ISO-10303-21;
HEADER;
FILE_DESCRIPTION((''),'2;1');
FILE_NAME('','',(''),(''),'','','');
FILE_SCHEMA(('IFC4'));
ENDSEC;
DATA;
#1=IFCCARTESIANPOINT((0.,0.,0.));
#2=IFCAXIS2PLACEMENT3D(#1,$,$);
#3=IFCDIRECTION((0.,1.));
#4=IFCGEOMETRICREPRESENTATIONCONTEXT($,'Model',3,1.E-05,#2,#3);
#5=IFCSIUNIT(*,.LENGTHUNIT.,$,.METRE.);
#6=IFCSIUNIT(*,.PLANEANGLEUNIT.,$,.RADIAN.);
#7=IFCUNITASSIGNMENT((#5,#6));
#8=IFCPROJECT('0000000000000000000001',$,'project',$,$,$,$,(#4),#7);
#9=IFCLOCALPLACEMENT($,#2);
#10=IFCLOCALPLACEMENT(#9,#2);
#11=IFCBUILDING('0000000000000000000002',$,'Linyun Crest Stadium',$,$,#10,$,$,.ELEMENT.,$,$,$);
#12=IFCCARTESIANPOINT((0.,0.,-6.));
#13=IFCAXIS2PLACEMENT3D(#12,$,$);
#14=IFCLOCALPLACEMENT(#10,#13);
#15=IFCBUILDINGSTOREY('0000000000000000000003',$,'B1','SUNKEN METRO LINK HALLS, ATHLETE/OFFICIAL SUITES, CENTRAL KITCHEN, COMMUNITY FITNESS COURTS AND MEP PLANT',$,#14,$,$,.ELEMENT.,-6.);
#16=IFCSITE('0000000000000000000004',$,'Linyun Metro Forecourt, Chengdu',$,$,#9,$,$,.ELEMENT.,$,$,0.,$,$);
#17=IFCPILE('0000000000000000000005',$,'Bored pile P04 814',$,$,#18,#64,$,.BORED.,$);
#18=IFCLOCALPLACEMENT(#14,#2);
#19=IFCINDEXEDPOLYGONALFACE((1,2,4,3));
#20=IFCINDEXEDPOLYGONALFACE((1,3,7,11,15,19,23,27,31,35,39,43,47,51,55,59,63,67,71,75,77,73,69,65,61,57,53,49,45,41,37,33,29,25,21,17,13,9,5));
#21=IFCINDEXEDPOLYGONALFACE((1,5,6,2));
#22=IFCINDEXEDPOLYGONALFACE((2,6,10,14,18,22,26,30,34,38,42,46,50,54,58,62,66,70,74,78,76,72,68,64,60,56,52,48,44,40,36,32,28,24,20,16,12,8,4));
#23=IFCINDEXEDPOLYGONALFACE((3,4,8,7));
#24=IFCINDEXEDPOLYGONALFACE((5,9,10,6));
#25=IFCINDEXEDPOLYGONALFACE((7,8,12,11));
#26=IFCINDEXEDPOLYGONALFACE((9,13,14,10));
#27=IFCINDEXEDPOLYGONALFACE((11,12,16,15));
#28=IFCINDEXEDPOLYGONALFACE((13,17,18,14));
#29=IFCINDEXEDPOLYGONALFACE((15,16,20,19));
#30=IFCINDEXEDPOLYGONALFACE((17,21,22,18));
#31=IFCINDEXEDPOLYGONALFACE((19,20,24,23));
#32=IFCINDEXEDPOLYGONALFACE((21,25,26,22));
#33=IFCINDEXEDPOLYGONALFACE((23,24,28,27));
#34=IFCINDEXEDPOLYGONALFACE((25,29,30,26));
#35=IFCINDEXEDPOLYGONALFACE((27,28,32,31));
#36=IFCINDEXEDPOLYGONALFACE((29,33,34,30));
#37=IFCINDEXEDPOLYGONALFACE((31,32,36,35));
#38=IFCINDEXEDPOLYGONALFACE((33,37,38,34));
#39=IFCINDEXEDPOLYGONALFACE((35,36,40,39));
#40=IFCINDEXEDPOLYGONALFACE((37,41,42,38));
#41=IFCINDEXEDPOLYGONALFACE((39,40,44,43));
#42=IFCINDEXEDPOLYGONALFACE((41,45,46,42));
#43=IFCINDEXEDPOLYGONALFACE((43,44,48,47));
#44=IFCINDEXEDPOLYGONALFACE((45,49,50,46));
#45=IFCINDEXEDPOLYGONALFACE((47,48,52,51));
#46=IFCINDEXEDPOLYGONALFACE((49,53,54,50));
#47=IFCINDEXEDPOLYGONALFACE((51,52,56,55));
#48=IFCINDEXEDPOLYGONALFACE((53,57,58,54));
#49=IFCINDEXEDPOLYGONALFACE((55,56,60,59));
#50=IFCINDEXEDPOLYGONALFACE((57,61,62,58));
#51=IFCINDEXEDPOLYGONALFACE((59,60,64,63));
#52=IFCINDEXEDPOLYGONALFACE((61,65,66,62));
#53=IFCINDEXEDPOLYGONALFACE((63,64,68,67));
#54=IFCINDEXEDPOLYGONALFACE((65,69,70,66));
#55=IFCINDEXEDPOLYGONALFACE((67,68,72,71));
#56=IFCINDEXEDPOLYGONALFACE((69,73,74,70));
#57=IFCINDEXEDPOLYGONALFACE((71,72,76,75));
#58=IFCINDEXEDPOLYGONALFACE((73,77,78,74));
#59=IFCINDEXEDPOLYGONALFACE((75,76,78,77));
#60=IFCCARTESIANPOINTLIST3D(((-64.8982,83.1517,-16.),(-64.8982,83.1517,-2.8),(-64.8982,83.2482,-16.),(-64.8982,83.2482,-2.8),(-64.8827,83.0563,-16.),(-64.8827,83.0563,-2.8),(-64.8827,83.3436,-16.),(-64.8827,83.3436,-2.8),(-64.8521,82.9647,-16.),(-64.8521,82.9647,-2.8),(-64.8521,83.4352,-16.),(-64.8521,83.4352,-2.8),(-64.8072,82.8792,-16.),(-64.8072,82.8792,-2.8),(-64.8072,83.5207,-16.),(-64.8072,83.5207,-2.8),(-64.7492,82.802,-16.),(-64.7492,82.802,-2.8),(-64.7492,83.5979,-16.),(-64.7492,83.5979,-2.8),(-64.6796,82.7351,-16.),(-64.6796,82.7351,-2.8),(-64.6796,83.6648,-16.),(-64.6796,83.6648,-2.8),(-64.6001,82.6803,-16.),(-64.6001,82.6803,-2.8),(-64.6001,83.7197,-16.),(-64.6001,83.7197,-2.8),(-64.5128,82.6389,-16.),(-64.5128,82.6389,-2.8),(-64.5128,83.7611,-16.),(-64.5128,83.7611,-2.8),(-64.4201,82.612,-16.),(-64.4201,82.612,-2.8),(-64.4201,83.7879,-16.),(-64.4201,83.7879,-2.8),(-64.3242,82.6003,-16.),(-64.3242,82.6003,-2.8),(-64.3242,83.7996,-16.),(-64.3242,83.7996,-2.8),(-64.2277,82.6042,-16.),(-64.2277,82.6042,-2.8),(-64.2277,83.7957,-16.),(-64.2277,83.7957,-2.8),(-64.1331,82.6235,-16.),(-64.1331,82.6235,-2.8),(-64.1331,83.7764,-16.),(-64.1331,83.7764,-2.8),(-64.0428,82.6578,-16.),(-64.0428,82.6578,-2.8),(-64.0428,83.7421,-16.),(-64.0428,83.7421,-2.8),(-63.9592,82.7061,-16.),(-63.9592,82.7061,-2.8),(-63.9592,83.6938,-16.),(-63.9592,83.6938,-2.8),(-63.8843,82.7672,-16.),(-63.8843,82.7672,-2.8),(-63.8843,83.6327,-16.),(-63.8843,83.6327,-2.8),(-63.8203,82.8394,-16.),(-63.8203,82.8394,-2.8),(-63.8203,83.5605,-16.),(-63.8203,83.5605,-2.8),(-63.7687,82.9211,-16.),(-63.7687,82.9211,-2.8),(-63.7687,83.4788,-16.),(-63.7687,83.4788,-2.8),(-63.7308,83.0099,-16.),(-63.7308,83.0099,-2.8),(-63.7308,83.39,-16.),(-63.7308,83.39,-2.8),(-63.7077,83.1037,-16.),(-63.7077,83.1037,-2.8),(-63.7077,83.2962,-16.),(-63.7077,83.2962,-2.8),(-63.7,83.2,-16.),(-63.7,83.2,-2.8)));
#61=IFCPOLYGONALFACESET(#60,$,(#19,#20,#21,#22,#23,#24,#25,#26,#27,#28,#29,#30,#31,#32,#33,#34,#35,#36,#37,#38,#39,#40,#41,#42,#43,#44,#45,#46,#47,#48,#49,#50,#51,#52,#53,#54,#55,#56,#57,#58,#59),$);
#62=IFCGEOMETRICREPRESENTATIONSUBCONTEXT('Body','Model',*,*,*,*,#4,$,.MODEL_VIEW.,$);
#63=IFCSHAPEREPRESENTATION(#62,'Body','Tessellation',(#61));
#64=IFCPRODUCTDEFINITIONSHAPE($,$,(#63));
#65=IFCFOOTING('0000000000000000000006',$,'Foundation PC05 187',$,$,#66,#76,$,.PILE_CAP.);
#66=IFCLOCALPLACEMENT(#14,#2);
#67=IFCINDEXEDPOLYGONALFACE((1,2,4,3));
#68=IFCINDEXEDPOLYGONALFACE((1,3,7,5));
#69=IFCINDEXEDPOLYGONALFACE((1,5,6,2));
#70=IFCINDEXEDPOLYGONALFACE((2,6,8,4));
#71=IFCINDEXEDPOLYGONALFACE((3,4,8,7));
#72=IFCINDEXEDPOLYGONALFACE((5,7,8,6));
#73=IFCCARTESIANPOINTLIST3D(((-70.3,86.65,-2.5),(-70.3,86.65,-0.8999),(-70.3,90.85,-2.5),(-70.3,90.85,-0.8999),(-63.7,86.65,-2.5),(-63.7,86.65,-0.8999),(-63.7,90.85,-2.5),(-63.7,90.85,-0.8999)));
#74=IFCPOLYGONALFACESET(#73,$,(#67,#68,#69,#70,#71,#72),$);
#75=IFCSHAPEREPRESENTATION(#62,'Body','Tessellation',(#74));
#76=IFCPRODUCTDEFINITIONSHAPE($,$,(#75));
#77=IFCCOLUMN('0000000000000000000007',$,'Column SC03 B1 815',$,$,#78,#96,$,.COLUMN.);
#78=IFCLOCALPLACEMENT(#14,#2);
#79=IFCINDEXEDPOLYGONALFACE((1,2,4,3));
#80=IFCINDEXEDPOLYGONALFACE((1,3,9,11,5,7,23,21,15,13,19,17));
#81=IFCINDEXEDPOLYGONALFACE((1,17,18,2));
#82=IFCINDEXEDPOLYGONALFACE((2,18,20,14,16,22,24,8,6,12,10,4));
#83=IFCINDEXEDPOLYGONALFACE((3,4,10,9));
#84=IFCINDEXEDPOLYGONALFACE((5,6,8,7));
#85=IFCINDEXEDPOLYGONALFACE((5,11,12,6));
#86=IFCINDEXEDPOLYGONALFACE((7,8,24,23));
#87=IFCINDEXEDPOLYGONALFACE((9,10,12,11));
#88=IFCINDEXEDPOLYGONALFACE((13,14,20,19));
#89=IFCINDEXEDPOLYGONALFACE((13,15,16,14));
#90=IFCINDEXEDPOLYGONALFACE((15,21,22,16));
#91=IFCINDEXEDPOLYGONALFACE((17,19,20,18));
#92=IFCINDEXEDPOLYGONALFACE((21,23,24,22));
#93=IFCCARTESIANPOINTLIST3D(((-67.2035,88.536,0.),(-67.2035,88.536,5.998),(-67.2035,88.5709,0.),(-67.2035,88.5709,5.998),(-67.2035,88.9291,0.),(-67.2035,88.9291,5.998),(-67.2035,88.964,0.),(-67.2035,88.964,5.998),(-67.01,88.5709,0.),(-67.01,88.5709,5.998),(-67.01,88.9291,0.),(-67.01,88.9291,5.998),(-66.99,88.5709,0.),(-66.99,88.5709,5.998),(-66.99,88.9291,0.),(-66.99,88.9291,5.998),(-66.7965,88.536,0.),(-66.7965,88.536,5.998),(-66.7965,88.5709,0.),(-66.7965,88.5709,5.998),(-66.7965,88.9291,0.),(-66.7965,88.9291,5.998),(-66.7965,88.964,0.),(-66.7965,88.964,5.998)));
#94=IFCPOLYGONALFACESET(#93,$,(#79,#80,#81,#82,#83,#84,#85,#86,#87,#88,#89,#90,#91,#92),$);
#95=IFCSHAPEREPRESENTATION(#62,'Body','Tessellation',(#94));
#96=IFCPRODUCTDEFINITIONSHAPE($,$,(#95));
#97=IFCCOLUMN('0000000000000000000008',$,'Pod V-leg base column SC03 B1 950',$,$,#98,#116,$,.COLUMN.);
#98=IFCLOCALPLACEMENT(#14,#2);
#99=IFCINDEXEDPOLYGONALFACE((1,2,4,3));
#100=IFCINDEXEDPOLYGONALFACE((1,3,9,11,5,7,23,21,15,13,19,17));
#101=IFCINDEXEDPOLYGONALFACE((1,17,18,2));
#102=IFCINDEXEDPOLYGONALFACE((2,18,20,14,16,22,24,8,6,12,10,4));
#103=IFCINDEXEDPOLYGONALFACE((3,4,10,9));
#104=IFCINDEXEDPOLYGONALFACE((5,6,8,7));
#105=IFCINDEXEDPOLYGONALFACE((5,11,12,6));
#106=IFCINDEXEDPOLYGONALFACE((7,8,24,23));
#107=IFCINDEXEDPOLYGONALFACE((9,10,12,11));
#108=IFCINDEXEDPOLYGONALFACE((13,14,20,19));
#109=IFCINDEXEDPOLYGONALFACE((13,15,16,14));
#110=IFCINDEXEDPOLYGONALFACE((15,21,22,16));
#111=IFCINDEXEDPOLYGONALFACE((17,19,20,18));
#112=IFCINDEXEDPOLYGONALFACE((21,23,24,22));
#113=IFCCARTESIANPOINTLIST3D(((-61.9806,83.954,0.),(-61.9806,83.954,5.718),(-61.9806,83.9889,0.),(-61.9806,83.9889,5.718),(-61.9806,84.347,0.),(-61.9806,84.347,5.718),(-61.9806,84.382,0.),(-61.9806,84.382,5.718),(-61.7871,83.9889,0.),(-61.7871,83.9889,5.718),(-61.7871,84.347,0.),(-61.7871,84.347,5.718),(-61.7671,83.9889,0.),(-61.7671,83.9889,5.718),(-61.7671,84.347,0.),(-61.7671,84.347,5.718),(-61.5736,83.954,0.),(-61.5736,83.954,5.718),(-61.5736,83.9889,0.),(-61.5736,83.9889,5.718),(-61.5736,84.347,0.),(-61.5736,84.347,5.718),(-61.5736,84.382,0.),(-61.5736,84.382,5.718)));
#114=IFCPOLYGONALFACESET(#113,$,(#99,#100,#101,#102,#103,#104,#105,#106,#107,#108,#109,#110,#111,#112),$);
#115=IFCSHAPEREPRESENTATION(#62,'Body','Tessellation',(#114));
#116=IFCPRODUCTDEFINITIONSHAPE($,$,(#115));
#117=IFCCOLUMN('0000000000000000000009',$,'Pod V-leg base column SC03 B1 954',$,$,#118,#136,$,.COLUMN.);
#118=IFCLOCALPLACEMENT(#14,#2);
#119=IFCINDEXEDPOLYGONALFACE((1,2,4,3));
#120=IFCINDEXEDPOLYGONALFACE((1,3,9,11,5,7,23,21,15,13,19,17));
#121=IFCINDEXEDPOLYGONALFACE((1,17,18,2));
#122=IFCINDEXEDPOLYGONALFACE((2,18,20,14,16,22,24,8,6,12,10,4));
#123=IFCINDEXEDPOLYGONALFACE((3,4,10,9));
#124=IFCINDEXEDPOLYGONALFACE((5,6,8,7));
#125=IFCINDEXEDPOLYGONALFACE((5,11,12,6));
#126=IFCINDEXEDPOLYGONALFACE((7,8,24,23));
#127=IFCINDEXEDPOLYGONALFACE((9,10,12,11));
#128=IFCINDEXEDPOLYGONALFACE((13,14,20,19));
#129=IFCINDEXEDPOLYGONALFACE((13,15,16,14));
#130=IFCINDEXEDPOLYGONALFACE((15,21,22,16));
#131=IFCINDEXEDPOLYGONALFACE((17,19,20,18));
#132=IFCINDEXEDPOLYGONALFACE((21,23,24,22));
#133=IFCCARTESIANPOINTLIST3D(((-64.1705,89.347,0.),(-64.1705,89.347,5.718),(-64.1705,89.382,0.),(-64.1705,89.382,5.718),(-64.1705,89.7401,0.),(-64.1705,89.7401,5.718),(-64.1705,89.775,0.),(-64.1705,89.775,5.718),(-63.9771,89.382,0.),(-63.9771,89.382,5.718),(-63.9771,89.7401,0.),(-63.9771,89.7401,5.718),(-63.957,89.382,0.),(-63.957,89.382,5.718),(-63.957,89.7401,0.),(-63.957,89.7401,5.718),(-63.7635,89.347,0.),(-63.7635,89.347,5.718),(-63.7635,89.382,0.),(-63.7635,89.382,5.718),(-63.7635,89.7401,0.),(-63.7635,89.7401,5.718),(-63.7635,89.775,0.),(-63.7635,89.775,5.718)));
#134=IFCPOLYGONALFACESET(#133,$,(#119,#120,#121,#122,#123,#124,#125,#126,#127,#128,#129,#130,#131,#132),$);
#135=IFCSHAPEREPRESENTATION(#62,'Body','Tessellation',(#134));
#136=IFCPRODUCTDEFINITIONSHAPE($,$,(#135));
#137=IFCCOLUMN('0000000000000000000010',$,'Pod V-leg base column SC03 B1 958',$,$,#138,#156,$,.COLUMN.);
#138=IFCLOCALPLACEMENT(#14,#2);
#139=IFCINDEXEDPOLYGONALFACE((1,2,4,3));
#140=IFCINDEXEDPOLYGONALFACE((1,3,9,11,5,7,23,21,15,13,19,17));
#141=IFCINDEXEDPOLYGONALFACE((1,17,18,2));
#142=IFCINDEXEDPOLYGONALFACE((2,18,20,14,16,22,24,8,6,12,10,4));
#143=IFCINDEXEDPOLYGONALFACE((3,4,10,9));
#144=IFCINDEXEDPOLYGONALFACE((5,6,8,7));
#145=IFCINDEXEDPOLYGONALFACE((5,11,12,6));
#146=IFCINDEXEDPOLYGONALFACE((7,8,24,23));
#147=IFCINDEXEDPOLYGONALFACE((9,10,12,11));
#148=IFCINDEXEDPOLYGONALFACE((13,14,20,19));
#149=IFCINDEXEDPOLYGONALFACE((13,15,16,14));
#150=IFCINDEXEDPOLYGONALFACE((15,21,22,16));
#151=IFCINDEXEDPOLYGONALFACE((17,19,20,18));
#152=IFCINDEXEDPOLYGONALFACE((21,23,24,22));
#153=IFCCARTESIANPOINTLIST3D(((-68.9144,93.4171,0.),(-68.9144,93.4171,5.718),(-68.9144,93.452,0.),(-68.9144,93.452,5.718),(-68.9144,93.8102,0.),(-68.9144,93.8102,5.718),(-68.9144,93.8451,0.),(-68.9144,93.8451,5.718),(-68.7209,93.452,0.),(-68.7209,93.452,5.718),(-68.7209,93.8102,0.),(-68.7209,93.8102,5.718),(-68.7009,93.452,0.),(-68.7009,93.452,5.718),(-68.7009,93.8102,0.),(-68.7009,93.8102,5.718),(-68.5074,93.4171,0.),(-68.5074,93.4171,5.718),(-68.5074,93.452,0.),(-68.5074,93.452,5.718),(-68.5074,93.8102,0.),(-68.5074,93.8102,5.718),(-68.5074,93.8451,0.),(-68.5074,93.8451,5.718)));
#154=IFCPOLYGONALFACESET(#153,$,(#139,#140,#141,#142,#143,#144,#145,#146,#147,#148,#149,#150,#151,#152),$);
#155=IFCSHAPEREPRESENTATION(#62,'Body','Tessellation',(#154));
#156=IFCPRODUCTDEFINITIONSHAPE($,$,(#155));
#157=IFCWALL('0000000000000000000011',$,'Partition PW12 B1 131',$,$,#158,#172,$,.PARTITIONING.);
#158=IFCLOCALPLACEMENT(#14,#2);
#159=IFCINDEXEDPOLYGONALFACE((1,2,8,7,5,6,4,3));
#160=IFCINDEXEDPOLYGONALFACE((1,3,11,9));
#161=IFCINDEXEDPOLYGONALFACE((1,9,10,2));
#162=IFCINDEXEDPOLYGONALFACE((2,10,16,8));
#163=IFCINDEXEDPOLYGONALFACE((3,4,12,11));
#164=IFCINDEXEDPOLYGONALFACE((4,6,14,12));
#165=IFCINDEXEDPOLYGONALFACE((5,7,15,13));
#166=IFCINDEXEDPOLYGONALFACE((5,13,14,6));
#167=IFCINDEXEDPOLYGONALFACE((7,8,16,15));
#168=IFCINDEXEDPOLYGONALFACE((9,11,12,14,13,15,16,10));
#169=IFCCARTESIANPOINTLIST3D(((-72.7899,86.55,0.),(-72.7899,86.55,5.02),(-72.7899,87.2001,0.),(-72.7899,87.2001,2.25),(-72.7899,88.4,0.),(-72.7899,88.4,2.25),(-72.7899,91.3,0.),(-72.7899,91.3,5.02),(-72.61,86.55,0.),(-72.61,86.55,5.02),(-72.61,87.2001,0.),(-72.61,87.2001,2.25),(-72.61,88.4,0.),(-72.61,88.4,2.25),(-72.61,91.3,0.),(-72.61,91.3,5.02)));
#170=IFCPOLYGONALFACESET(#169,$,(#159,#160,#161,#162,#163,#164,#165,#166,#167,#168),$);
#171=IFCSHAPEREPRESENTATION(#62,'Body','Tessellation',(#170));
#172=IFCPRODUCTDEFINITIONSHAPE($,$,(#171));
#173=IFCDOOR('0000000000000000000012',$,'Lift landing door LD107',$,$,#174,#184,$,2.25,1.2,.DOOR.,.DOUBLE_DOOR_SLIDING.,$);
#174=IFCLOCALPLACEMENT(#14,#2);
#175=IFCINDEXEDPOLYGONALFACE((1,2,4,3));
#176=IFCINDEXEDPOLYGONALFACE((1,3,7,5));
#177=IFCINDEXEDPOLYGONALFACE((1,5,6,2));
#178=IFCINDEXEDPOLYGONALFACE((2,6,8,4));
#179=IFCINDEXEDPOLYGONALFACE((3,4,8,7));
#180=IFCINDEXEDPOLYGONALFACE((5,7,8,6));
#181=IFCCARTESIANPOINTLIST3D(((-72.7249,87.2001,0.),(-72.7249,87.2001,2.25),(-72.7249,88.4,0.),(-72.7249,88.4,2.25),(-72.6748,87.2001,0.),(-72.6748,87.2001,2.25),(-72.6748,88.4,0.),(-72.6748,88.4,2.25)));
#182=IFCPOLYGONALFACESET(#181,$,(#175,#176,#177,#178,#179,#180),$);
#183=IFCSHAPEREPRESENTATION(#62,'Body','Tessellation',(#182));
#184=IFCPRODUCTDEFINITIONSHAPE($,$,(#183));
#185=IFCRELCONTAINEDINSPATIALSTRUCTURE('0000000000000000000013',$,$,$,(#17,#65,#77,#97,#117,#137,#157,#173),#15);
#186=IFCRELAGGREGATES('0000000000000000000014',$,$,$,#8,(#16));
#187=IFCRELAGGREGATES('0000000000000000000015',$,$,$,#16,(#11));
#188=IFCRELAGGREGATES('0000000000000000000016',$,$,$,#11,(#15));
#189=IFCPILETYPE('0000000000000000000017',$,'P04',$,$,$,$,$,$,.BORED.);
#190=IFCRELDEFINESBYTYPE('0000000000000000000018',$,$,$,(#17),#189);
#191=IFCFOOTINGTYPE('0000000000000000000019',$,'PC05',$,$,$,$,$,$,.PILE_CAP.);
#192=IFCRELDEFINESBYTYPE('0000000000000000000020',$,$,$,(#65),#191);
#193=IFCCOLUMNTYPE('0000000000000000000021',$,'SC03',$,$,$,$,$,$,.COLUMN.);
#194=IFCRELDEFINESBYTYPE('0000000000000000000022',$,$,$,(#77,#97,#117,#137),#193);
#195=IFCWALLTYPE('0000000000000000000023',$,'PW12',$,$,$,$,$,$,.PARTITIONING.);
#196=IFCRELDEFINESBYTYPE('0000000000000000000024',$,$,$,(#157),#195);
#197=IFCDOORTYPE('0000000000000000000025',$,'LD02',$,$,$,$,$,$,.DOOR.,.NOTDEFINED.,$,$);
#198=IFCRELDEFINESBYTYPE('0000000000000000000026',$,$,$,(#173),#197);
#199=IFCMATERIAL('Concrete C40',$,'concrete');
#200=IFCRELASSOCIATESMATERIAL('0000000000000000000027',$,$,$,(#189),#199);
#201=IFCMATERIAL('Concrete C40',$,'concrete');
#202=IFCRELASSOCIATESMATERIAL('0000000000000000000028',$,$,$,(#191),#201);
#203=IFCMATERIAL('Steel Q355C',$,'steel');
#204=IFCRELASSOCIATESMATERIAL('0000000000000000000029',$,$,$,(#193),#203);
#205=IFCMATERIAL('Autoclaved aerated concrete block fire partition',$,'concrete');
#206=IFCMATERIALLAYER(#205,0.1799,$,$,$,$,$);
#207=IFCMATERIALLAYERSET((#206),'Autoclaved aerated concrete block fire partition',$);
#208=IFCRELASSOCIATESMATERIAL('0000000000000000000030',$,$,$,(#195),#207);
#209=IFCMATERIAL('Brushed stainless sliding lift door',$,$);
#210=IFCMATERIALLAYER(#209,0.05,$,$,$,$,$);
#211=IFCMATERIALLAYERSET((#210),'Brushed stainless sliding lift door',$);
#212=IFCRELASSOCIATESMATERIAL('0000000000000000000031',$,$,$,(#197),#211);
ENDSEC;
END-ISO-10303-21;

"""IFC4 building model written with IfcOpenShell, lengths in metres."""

from ifc_helpers import new_model, si_unit, direction, frame, frame_2d, origin, origin_2d, place, context, subcontext, project, spatial, rectangle, circle, i_section, extrude, material, layer, layer_set, material_profile, profile_set, type_object, element, fill, save


model = new_model("IFC4")

# Units and contexts
model_context = context("Model", 3, precision=1e-05, world=origin(), true_north=direction((0.0, 1.0)))
body_context = subcontext(model_context, "Body", "Model", "MODEL_VIEW")
ifc_project = project(units=[si_unit("LENGTHUNIT", "METRE"), si_unit("PLANEANGLEUNIT", "RADIAN")], contexts=[model_context])

# Site, building, storey
site_placement = place(None, origin())
site = spatial("IfcSite", under=ifc_project, at=site_placement, Name="Linyun Metro Forecourt, Chengdu", CompositionType="ELEMENT", RefElevation=0.0)
building_placement = place(site_placement, origin())
building = spatial("IfcBuilding", under=site, at=building_placement, Name="Linyun Crest Stadium", CompositionType="ELEMENT")
storey_placement = place(building_placement, frame((0.0, 0.0, -6.0)))
storey = spatial("IfcBuildingStorey", under=building, at=storey_placement, Name="B1", Description="SUNKEN METRO LINK HALLS, ATHLETE/OFFICIAL SUITES, CENTRAL KITCHEN, COMMUNITY FITNESS COURTS AND MEP PLANT", CompositionType="ELEMENT", Elevation=-6.0)

# Pile
ifc_material_1 = material(Name="Concrete C40", Category="concrete")
ifc_material_profile_1 = material_profile(ifc_material_1, circle(Radius=0.6001, at=origin_2d()), Name="BORED PILE 1200")
ifc_profile_set_1 = profile_set([ifc_material_profile_1], Name="Concrete C40")
pile_type_1 = type_object("IfcPileType", Name="P04", PredefinedType="BORED", material=ifc_profile_set_1)
for number, where, z_axis, x_axis, name in (
    (1, (-64.3, 83.2, -2.8), (0.0, 0.0, -1.0), (1.0, 0.0, 0.0), "Bored pile P04 814"),
):
    element("IfcPile", number, at=place(storey_placement, frame(where, z_axis=z_axis, x_axis=x_axis)), inside=storey, type_object=pile_type_1, Name=name, PredefinedType="BORED", context=body_context, shape_type="SweptSolid", body=[
        extrude(circle(Radius=0.6001, at=origin_2d()), origin(), (0.0, 0.0, 1.0), 13.2),
    ])

# Footing
ifc_material_2 = material(Name="Concrete C40", Category="concrete")
footing_type = type_object("IfcFootingType", Name="PC05", PredefinedType="PILE_CAP", material=ifc_material_2)
footing_placement = place(storey_placement, frame((-67.0, 88.75, -2.5), z_axis=(0.0, 0.0, 1.0), x_axis=(1.0, 0.0, 0.0)))
element("IfcFooting", 2, at=footing_placement, inside=storey, type_object=footing_type, Name="Foundation PC05 187", PredefinedType="PILE_CAP", context=body_context, shape_type="SweptSolid", body=[
    extrude(rectangle(XDim=6.6001, YDim=4.2, at=origin_2d()), origin(), (0.0, 0.0, 1.0), 1.6001),
])

# Columns
ifc_material_3 = material(Name="Steel Q355C", Category="steel")
ifc_material_profile_2 = material_profile(ifc_material_3, i_section(OverallWidth=0.407, OverallDepth=0.428, WebThickness=0.02, FlangeThickness=0.0349, at=origin_2d()), Name="HW 428x407")
ifc_profile_set_2 = profile_set([ifc_material_profile_2], Name="Steel Q355C")
column_type = type_object("IfcColumnType", Name="SC03", PredefinedType="COLUMN", material=ifc_profile_set_2)
column_placement = place(storey_placement, frame((-67.0, 88.75, 0.0), z_axis=(0.0, 0.0, 1.0), x_axis=(1.0, 0.0, 0.0)))
element("IfcColumn", 3, at=column_placement, inside=storey, type_object=column_type, Name="Column SC03 B1 815", PredefinedType="COLUMN", context=body_context, shape_type="SweptSolid", body=[
    extrude(i_section(OverallWidth=0.407, OverallDepth=0.428, WebThickness=0.02, FlangeThickness=0.0349, at=origin_2d()), origin(), (0.0, 0.0, 1.0), 5.998),
])
for number, where, z_axis, x_axis, name in (
    (4, (-61.7771, 84.168, 0.0), (0.0, 0.0, 1.0), (1.0, 0.0, 0.0), "Pod V-leg base column SC03 B1 950"),
    (5, (-63.967, 89.561, 0.0), (0.0, 0.0, 1.0), (1.0, 0.0, 0.0), "Pod V-leg base column SC03 B1 954"),
    (6, (-68.7109, 93.6311, 0.0), (0.0, 0.0, 1.0), (1.0, 0.0, 0.0), "Pod V-leg base column SC03 B1 958"),
):
    element("IfcColumn", number, at=place(storey_placement, frame(where, z_axis=z_axis, x_axis=x_axis)), inside=storey, type_object=column_type, Name=name, PredefinedType="COLUMN", context=body_context, shape_type="SweptSolid", body=[
        extrude(i_section(OverallWidth=0.407, OverallDepth=0.428, WebThickness=0.02, FlangeThickness=0.0349, at=origin_2d()), origin(), (0.0, 0.0, 1.0), 5.718),
    ])

# Wall, opening, door
ifc_material_4 = material(Name="Autoclaved aerated concrete block fire partition", Category="concrete")
ifc_layer_1 = layer(ifc_material_4, 0.1799)
ifc_layer_set_1 = layer_set([ifc_layer_1], Name="Autoclaved aerated concrete block fire partition")
wall_type_1 = type_object("IfcWallType", Name="PW12", PredefinedType="PARTITIONING", material=ifc_layer_set_1)
wall_1_placement = place(storey_placement, frame((-72.7, 86.55, 0.0), z_axis=(0.0, 0.0, 1.0), x_axis=(0.0, 1.0, 0.0)))
wall_1 = element("IfcWall", 7, at=wall_1_placement, inside=storey, type_object=wall_type_1, Name="Partition PW12 B1 131", PredefinedType="PARTITIONING", context=body_context, shape_type="SweptSolid", body=[
    extrude(rectangle(XDim=4.75, YDim=0.1799, at=frame_2d((2.375, 0.0))), origin(), (0.0, 0.0, 1.0), 5.02),
])
opening_1_placement = place(wall_1_placement, frame((0.6499, 0.0, 0.0)))
opening_1 = element("IfcOpeningElement", 8, at=opening_1_placement, cuts=wall_1, PredefinedType="OPENING", context=body_context, shape_type="SweptSolid", body=[
    extrude(rectangle(XDim=1.2, YDim=2.25, at=frame_2d((0.6001, 1.125))), frame((0.0, 0.0999, 0.0), z_axis=(0.0, -1.0, 0.0), x_axis=(1.0, 0.0, 0.0)), (0.0, 0.0, 1.0), 0.2),
])
ifc_material_5 = material(Name="Brushed stainless sliding lift door")
ifc_layer_2 = layer(ifc_material_5, 0.05)
ifc_layer_set_2 = layer_set([ifc_layer_2], Name="Brushed stainless sliding lift door")
door_type_1 = type_object("IfcDoorType", Name="LD02", OperationType="NOTDEFINED", PredefinedType="DOOR", material=ifc_layer_set_2)
door_1_placement = place(opening_1_placement, origin())
door_1 = element("IfcDoor", 9, at=door_1_placement, inside=storey, type_object=door_type_1, Name="Lift landing door LD107", OperationType="DOUBLE_DOOR_SLIDING", OverallHeight=2.25, OverallWidth=1.2, PredefinedType="DOOR", context=body_context, shape_type="SweptSolid", body=[
    extrude(rectangle(XDim=1.2, YDim=2.25, at=frame_2d((0.6001, 1.125))), frame((0.0, 0.0249, 0.0), z_axis=(0.0, -1.0, 0.0), x_axis=(1.0, 0.0, 0.0)), (0.0, 0.0, 1.0), 0.05),
])
fill(opening_1, door_1)

save(model, "model.ifc")
